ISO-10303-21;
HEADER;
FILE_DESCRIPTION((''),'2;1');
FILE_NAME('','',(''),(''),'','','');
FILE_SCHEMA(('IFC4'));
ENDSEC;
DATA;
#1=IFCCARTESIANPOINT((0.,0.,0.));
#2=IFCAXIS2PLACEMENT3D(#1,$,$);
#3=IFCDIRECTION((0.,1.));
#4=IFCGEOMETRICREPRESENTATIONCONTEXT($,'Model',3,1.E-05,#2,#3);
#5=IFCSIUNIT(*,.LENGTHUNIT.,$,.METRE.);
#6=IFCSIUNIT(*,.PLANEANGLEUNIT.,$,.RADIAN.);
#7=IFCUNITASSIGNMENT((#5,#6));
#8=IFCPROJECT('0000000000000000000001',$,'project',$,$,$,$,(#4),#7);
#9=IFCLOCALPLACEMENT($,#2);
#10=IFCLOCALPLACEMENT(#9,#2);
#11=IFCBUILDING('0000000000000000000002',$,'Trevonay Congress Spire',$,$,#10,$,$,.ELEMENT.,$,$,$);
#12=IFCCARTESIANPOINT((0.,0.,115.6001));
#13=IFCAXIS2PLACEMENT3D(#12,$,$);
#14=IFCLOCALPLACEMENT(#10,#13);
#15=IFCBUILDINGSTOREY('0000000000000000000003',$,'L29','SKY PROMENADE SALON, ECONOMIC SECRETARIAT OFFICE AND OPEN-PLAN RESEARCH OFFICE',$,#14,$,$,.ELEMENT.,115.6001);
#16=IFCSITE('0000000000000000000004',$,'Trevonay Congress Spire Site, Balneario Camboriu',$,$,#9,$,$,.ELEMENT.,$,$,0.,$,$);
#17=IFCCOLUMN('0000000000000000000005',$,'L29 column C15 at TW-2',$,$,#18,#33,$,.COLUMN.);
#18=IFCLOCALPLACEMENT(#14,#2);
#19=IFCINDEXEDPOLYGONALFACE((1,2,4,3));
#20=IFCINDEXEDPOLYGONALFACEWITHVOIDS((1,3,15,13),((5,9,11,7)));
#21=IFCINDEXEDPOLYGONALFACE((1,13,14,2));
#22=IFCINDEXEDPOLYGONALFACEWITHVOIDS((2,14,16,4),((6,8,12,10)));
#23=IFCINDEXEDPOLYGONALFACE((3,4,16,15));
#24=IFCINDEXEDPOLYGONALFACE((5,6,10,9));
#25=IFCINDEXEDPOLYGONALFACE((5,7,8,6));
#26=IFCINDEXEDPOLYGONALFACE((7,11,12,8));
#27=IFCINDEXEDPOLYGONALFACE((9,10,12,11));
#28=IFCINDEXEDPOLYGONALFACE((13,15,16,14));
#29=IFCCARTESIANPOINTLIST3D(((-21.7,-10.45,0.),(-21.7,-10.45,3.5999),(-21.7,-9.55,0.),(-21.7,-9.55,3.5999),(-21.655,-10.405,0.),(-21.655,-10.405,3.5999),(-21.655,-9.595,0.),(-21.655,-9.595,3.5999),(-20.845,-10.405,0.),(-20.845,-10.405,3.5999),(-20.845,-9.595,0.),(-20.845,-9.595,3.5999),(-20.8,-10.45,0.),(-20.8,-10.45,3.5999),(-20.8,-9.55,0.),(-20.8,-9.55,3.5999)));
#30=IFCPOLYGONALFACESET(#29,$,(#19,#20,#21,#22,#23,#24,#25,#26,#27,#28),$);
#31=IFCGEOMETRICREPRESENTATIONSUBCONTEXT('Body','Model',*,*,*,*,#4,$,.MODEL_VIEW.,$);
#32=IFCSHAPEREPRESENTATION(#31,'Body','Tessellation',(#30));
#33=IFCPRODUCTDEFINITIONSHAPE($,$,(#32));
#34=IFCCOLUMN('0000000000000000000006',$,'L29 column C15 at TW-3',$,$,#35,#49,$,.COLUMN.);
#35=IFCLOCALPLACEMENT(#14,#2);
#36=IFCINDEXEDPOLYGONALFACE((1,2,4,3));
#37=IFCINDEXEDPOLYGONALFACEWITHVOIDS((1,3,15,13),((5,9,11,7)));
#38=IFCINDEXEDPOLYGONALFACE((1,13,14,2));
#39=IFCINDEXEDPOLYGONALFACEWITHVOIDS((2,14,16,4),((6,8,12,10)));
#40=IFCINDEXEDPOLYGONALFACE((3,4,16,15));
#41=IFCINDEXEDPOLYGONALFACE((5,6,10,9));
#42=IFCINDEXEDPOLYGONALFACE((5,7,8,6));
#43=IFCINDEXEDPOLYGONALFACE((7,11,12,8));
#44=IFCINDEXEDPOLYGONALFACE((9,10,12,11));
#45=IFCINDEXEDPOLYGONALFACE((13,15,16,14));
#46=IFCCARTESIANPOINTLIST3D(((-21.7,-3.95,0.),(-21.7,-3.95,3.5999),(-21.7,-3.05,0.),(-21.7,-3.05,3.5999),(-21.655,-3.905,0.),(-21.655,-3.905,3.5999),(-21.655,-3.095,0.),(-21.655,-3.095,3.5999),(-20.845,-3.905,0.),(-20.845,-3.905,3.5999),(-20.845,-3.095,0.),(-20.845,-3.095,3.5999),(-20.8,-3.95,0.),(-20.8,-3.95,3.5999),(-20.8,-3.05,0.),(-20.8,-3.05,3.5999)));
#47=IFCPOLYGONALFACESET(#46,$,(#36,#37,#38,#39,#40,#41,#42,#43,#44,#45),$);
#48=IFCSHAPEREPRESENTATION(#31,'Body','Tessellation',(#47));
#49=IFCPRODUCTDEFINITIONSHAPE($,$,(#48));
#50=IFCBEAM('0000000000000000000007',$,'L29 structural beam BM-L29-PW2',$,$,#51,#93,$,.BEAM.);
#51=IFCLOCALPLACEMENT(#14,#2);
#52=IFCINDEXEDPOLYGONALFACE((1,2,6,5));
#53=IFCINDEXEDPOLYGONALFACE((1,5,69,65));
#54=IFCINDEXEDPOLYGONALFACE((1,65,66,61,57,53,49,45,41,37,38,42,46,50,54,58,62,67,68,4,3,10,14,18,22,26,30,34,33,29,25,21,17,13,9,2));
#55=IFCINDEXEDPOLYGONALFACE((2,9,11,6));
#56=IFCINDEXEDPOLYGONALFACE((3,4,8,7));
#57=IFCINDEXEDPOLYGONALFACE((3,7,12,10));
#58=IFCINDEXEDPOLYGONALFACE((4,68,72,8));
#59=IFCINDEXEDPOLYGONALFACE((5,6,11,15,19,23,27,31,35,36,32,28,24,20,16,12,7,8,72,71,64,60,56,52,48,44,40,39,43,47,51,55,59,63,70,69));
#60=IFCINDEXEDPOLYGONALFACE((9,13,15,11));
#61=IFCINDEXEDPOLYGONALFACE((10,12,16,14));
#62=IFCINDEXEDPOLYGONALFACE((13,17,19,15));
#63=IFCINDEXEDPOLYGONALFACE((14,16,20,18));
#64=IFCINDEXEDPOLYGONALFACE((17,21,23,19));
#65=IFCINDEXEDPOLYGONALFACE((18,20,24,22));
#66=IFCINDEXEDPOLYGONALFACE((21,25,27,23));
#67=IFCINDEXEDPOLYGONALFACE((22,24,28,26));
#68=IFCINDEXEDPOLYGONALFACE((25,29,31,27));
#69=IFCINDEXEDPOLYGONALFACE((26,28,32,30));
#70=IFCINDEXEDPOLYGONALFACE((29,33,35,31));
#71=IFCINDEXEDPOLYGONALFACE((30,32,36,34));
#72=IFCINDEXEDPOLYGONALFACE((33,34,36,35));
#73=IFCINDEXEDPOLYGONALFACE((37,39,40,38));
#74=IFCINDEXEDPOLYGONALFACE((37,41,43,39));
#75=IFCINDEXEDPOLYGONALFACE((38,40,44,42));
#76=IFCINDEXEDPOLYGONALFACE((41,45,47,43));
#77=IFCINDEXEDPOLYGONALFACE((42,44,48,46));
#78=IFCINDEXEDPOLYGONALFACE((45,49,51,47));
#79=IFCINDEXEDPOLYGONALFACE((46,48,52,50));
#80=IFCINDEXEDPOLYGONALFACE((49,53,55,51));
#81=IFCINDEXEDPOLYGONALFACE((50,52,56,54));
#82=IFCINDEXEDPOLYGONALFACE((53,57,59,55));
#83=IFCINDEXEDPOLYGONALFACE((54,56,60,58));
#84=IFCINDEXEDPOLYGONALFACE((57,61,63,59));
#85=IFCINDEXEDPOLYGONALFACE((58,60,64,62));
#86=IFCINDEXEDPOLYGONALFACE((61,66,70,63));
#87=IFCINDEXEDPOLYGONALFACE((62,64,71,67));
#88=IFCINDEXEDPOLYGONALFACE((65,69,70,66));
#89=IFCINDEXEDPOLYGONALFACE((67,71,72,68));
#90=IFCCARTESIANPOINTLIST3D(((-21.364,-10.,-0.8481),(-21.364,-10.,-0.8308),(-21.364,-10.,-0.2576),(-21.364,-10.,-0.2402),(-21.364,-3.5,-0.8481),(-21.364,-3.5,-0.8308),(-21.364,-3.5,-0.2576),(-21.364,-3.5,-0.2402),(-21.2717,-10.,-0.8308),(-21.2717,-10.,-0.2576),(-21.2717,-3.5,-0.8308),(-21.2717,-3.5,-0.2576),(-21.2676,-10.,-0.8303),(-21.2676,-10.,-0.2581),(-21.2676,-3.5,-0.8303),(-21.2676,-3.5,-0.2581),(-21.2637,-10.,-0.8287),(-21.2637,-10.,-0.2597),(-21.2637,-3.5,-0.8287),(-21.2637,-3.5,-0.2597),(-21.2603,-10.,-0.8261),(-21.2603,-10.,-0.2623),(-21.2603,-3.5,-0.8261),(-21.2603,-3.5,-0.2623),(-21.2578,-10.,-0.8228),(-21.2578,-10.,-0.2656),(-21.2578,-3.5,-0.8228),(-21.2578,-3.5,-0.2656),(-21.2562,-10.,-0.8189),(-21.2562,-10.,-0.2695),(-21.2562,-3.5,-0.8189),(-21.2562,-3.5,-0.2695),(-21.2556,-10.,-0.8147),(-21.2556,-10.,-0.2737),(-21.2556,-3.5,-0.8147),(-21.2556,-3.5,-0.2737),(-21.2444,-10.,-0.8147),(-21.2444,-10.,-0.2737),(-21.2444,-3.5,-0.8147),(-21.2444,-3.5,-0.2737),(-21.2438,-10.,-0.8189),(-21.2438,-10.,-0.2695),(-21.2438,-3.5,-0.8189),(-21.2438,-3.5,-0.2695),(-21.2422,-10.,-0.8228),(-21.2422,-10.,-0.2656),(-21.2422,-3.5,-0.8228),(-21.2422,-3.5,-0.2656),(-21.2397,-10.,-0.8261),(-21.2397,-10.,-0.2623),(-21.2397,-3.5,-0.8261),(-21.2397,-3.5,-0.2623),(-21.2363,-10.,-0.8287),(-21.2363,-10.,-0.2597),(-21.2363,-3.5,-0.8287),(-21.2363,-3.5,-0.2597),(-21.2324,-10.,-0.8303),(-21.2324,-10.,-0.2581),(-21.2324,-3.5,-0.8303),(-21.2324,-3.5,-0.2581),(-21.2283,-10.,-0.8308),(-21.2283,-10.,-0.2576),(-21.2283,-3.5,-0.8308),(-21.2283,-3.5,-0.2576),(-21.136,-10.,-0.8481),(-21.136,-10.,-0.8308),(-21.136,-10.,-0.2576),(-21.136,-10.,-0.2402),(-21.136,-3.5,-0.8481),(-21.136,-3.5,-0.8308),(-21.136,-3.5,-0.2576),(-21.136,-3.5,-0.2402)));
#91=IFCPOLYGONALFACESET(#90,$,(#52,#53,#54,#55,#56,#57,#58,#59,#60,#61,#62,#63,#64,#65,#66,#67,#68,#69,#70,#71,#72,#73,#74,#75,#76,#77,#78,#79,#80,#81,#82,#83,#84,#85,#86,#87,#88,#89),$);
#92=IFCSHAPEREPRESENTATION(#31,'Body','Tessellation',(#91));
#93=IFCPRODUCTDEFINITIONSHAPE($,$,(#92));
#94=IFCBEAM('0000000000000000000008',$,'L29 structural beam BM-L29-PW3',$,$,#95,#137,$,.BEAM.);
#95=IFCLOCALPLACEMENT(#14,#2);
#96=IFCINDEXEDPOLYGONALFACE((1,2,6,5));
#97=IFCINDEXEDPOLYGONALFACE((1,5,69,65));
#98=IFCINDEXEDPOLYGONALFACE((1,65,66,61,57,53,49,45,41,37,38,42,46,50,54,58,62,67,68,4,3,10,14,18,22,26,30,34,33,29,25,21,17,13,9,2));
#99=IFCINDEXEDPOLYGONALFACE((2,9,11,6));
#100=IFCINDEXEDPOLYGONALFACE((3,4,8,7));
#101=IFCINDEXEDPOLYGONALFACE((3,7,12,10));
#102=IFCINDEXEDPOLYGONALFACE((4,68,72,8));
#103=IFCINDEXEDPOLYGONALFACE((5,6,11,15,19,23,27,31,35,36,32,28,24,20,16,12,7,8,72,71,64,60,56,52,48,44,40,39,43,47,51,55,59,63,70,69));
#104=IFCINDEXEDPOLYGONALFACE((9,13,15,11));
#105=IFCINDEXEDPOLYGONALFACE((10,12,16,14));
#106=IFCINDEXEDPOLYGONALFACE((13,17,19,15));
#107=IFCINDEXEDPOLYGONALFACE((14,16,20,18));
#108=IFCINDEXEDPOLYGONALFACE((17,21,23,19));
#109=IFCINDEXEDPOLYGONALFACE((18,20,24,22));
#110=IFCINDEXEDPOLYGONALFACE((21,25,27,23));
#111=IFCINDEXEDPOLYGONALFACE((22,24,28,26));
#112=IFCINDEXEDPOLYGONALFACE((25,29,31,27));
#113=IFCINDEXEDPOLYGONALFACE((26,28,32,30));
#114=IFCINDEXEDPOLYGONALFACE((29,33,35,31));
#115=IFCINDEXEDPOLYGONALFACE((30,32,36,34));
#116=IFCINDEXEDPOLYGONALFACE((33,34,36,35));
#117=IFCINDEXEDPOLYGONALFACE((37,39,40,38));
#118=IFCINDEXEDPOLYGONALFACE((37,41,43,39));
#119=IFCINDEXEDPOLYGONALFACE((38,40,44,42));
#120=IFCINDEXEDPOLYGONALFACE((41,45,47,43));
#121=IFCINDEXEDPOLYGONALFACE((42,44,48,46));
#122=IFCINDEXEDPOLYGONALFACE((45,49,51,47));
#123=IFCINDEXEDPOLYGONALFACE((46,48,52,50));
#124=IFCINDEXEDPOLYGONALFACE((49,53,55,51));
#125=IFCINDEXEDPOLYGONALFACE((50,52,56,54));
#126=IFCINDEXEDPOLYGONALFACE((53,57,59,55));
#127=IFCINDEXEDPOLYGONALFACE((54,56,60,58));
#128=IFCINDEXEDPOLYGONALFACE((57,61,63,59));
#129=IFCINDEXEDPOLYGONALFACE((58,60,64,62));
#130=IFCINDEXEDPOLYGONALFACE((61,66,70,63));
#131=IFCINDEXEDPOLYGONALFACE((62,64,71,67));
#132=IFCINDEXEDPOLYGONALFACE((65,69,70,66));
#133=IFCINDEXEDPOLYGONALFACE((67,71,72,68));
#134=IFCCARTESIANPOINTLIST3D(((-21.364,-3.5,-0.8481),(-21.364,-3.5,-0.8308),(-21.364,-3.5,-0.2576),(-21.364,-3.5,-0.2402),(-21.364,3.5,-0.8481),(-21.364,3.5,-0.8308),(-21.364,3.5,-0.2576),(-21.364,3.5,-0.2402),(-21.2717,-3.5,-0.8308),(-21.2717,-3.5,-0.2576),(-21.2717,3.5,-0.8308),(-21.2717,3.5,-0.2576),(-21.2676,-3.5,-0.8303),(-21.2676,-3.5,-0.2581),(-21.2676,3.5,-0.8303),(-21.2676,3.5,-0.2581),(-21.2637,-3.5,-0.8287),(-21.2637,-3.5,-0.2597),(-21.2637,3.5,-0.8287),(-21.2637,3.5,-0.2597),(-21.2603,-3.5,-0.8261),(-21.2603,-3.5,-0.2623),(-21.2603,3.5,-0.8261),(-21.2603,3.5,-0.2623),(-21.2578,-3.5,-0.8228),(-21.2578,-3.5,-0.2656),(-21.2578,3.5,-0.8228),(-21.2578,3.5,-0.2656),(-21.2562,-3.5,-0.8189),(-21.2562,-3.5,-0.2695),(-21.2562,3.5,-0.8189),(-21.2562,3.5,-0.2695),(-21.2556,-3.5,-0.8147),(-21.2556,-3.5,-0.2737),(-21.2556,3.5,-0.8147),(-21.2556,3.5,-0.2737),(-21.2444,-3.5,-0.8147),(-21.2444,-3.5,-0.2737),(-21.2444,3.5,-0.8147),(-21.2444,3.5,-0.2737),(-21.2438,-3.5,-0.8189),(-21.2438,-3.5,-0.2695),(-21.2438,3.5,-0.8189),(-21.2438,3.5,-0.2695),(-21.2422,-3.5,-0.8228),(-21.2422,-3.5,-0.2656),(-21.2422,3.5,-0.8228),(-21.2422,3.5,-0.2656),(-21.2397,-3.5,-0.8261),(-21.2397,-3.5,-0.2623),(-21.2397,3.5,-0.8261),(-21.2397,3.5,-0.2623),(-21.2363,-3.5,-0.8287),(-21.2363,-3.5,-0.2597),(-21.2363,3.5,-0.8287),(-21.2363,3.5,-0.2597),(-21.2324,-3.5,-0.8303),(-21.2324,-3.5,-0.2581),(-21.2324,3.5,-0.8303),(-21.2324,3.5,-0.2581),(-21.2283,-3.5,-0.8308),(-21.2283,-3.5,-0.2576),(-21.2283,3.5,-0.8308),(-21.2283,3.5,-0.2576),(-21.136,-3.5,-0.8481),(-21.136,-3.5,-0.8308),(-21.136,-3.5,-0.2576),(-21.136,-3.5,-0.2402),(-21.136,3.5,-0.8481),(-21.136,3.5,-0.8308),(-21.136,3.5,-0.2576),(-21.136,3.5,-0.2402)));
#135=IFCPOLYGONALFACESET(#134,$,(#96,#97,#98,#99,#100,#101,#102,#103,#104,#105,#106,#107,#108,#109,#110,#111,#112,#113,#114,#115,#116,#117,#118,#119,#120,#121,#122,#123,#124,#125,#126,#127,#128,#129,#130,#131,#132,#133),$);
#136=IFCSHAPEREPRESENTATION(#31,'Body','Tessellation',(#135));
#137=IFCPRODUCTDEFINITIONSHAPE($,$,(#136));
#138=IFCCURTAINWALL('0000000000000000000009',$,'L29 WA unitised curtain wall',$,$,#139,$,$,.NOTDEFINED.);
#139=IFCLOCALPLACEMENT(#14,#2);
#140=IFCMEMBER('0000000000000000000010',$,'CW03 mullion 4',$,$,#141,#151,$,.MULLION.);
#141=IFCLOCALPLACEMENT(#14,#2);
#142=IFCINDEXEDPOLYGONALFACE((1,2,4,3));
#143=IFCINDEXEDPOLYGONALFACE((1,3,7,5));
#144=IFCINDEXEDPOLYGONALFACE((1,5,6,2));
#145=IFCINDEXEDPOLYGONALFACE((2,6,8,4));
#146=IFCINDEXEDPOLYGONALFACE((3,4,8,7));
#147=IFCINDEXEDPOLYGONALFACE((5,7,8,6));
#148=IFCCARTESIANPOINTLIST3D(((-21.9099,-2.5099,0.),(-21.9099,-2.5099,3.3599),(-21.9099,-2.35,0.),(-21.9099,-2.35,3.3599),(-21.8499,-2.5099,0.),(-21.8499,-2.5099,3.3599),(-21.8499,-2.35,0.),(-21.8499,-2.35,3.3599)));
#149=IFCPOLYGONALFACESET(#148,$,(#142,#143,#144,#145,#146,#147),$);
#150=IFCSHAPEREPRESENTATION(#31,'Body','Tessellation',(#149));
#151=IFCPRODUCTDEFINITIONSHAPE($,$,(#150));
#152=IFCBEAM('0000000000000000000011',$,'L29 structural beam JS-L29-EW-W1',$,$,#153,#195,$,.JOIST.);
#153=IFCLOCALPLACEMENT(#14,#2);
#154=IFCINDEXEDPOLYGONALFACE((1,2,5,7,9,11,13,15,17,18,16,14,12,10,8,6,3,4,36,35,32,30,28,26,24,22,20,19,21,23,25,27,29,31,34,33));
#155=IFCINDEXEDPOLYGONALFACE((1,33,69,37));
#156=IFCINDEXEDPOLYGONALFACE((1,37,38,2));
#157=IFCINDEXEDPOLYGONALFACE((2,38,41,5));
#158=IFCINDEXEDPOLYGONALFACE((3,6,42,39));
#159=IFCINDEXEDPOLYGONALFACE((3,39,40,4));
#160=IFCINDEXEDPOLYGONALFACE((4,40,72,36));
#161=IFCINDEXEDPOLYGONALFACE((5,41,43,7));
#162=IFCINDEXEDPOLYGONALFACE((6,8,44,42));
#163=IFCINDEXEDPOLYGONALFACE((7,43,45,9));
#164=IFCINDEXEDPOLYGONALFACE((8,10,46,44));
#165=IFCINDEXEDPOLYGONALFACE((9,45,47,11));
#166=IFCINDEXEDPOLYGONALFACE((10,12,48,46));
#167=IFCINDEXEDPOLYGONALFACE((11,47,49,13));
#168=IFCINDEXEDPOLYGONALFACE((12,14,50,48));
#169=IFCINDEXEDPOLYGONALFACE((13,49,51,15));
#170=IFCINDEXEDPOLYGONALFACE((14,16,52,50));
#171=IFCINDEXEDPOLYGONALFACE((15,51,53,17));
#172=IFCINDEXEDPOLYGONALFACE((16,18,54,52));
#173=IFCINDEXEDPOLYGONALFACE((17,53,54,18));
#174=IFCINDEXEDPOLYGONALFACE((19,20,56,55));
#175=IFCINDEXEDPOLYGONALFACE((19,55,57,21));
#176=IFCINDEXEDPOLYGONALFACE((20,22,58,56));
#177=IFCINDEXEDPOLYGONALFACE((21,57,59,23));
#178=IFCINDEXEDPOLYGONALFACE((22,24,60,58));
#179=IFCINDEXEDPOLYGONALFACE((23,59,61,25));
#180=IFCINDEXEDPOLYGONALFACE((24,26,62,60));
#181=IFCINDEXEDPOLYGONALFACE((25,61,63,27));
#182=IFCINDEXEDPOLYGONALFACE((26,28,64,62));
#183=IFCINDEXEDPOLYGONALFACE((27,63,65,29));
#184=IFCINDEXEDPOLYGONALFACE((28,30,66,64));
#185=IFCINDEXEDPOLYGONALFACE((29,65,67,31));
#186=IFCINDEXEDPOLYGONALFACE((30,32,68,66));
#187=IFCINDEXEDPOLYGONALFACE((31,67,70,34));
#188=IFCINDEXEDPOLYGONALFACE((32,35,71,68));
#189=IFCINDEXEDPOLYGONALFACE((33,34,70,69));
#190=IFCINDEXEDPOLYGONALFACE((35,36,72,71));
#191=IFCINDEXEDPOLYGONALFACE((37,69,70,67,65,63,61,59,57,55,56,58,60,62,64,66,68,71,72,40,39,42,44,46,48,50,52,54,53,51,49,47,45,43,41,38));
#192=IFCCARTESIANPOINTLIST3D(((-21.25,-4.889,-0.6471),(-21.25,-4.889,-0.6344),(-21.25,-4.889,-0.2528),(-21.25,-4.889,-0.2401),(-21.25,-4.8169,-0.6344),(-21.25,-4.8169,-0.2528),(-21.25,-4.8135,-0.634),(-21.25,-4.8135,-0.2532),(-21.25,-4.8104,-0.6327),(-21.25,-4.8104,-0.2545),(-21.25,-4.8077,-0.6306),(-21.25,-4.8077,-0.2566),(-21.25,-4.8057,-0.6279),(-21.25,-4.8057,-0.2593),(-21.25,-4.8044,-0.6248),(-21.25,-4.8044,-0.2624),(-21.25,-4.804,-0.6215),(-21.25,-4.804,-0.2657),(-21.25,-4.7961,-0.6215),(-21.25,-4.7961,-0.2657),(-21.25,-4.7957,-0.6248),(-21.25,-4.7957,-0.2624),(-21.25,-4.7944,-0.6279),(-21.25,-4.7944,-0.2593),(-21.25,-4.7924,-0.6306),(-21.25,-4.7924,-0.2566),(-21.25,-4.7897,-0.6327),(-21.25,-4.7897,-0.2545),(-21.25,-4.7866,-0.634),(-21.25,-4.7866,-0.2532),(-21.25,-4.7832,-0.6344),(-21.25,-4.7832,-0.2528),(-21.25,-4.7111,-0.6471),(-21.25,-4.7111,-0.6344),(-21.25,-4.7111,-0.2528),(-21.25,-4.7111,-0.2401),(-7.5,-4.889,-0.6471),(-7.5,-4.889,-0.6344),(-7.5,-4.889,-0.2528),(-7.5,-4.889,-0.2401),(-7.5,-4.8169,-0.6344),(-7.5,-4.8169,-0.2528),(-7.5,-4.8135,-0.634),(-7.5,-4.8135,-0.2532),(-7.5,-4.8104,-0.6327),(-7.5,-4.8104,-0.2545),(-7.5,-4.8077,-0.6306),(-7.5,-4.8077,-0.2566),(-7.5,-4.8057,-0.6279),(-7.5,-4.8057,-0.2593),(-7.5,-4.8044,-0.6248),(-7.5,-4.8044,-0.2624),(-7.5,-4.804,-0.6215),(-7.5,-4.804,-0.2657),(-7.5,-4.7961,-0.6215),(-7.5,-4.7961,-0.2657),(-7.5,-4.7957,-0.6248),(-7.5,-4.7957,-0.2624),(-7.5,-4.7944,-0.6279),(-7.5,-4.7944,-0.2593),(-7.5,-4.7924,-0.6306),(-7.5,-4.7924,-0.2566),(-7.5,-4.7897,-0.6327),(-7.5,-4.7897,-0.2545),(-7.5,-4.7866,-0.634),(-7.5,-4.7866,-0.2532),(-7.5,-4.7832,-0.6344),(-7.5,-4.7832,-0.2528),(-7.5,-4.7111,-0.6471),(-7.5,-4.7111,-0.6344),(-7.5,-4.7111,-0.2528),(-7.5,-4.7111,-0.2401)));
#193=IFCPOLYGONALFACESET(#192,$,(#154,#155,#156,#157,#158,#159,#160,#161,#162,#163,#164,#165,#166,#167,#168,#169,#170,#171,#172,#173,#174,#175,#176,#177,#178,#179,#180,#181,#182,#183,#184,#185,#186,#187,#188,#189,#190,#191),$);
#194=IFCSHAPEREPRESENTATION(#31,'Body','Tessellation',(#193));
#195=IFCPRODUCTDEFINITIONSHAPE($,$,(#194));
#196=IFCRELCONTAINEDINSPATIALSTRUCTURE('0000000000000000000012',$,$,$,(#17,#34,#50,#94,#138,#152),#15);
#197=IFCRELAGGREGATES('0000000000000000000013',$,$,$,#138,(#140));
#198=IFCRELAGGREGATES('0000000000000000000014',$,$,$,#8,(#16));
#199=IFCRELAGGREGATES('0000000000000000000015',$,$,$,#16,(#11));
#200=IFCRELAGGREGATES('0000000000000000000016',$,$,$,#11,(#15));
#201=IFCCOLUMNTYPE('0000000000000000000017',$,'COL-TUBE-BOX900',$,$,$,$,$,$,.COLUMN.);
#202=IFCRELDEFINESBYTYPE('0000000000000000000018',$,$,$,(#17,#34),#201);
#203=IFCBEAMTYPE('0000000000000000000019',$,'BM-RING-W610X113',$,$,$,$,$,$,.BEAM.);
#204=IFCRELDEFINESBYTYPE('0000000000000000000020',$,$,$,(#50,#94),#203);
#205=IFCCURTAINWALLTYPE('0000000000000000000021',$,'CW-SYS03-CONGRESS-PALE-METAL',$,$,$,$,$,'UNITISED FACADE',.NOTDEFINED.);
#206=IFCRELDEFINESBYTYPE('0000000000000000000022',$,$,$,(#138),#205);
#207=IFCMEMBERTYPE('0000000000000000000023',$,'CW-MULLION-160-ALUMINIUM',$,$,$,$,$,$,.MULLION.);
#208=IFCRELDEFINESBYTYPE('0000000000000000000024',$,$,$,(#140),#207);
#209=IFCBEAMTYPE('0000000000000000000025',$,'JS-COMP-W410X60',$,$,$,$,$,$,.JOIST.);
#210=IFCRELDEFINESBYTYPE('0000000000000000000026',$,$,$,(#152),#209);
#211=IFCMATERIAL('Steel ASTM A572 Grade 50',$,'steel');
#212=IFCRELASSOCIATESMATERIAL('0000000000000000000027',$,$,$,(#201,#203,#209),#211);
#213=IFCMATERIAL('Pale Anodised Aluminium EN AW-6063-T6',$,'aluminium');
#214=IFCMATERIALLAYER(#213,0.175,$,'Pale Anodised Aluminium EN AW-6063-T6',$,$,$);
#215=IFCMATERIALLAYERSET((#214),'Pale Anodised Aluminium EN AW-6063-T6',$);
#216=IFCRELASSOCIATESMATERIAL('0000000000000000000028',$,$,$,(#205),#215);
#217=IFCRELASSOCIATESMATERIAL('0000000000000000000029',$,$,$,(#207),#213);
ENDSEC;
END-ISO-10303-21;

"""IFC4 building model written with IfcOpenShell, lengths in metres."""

from ifc_helpers import new_model, si_unit, direction, frame, origin, origin_2d, place, context, subcontext, project, spatial, rectangle, hollow_rectangle, i_section, extrude, material, layer, layer_set, material_profile, profile_set, type_object, element, aggregate, save


model = new_model("IFC4")

# Units and contexts
model_context = context("Model", 3, precision=1e-05, world=origin(), true_north=direction((0.0, 1.0)))
body_context = subcontext(model_context, "Body", "Model", "MODEL_VIEW")
ifc_project = project(units=[si_unit("LENGTHUNIT", "METRE"), si_unit("PLANEANGLEUNIT", "RADIAN")], contexts=[model_context])

# Site, building, storey
site_placement = place(None, origin())
site = spatial("IfcSite", under=ifc_project, at=site_placement, Name="Trevonay Congress Spire Site, Balneario Camboriu", CompositionType="ELEMENT", RefElevation=0.0)
building_placement = place(site_placement, origin())
building = spatial("IfcBuilding", under=site, at=building_placement, Name="Trevonay Congress Spire", CompositionType="ELEMENT")
storey_placement = place(building_placement, frame((0.0, 0.0, 115.6001)))
storey = spatial("IfcBuildingStorey", under=building, at=storey_placement, Name="L29", Description="SKY PROMENADE SALON, ECONOMIC SECRETARIAT OFFICE AND OPEN-PLAN RESEARCH OFFICE", CompositionType="ELEMENT", Elevation=115.6001)

# Columns
ifc_material_1 = material(Name="Steel ASTM A572 Grade 50", Category="steel")
ifc_material_profile_1 = material_profile(ifc_material_1, hollow_rectangle(XDim=0.8999, YDim=0.8999, WallThickness=0.0449, at=origin_2d()), Name="BOX 900x900x45")
ifc_profile_set_1 = profile_set([ifc_material_profile_1], Name="Steel ASTM A572 Grade 50")
column_type = type_object("IfcColumnType", Name="COL-TUBE-BOX900", PredefinedType="COLUMN", material=ifc_profile_set_1)
for number, where, z_axis, x_axis, name in (
    (1, (-21.25, -10.0, 0.0), (0.0, 0.0, 1.0), (1.0, 0.0, 0.0), "L29 column C15 at TW-2"),
    (2, (-21.25, -3.5, 0.0), (0.0, 0.0, 1.0), (1.0, 0.0, 0.0), "L29 column C15 at TW-3"),
):
    element("IfcColumn", number, at=place(storey_placement, frame(where, z_axis=z_axis, x_axis=x_axis)), inside=storey, type_object=column_type, Name=name, PredefinedType="COLUMN", context=body_context, shape_type="SweptSolid", body=[
        extrude(hollow_rectangle(XDim=0.8999, YDim=0.8999, WallThickness=0.0449, at=origin_2d()), origin(), (0.0, 0.0, 1.0), 3.5999),
    ])

# Beams
ifc_material_profile_2 = material_profile(ifc_material_1, i_section(OverallWidth=0.228, OverallDepth=0.6079, WebThickness=0.0112, FlangeThickness=0.0173, FilletRadius=0.0161, at=origin_2d()), Name="W610x113")
ifc_profile_set_2 = profile_set([ifc_material_profile_2], Name="Steel ASTM A572 Grade 50")
beam_type_1 = type_object("IfcBeamType", Name="BM-RING-W610X113", PredefinedType="BEAM", material=ifc_profile_set_2)
beam_1_placement = place(storey_placement, frame((-21.25, -10.0, -0.5442), z_axis=(0.0, 1.0, 0.0), x_axis=(-1.0, 0.0, 0.0)))
element("IfcBeam", 3, at=beam_1_placement, inside=storey, type_object=beam_type_1, Name="L29 structural beam BM-L29-PW2", PredefinedType="BEAM", context=body_context, shape_type="SweptSolid", body=[
    extrude(i_section(OverallWidth=0.228, OverallDepth=0.6079, WebThickness=0.0112, FlangeThickness=0.0173, FilletRadius=0.0161, at=origin_2d()), origin(), (0.0, 0.0, 1.0), 6.5),
])
beam_2_placement = place(storey_placement, frame((-21.25, -3.5, -0.5442), z_axis=(0.0, 1.0, 0.0), x_axis=(-1.0, 0.0, 0.0)))
element("IfcBeam", 4, at=beam_2_placement, inside=storey, type_object=beam_type_1, Name="L29 structural beam BM-L29-PW3", PredefinedType="BEAM", context=body_context, shape_type="SweptSolid", body=[
    extrude(i_section(OverallWidth=0.228, OverallDepth=0.6079, WebThickness=0.0112, FlangeThickness=0.0173, FilletRadius=0.0161, at=origin_2d()), origin(), (0.0, 0.0, 1.0), 7.0),
])

# Curtain wall, member
ifc_material_2 = material(Name="Pale Anodised Aluminium EN AW-6063-T6", Category="aluminium")
ifc_layer_1 = layer(ifc_material_2, 0.175, Name="Pale Anodised Aluminium EN AW-6063-T6")
ifc_layer_set_1 = layer_set([ifc_layer_1], Name="Pale Anodised Aluminium EN AW-6063-T6")
curtain_wall_type = type_object("IfcCurtainWallType", Name="CW-SYS03-CONGRESS-PALE-METAL", ElementType="UNITISED FACADE", PredefinedType="NOTDEFINED", material=ifc_layer_set_1)
curtain_wall_placement = place(storey_placement, origin())
curtain_wall = element("IfcCurtainWall", 5, at=curtain_wall_placement, inside=storey, type_object=curtain_wall_type, Name="L29 WA unitised curtain wall", PredefinedType="NOTDEFINED")
ifc_material_profile_3 = material_profile(ifc_material_2, rectangle(XDim=0.0601, YDim=0.1599, at=origin_2d()), Name="CW-MULLION-160-ALUMINIUM")
ifc_profile_set_3 = profile_set([ifc_material_profile_3], Name="Pale Anodised Aluminium EN AW-6063-T6")
member_type = type_object("IfcMemberType", Name="CW-MULLION-160-ALUMINIUM", PredefinedType="MULLION", material=ifc_profile_set_3)
member_placement = place(storey_placement, frame((-21.8799, -2.4299, 0.0), z_axis=(0.0, 0.0, 1.0), x_axis=(-1.0, 0.0, 0.0)))
member = element("IfcMember", 6, at=member_placement, type_object=member_type, Name="CW03 mullion 4", PredefinedType="MULLION", context=body_context, shape_type="SweptSolid", body=[
    extrude(rectangle(XDim=0.0601, YDim=0.1599, at=origin_2d()), origin(), (0.0, 0.0, 1.0), 3.3599),
])

# Beam
ifc_material_profile_4 = material_profile(ifc_material_1, i_section(OverallWidth=0.178, OverallDepth=0.407, WebThickness=0.0078, FlangeThickness=0.0127, FilletRadius=0.0129, at=origin_2d()), Name="W410x60")
ifc_profile_set_4 = profile_set([ifc_material_profile_4], Name="Steel ASTM A572 Grade 50")
beam_type_2 = type_object("IfcBeamType", Name="JS-COMP-W410X60", PredefinedType="JOIST", material=ifc_profile_set_4)
for number, where, z_axis, x_axis, name in (
    (7, (-21.25, -4.8, -0.4436), (1.0, 0.0, 0.0), (0.0, 1.0, 0.0), "L29 structural beam JS-L29-EW-W1"),
):
    element("IfcBeam", number, at=place(storey_placement, frame(where, z_axis=z_axis, x_axis=x_axis)), inside=storey, type_object=beam_type_2, Name=name, PredefinedType="JOIST", context=body_context, shape_type="SweptSolid", body=[
        extrude(i_section(OverallWidth=0.178, OverallDepth=0.407, WebThickness=0.0078, FlangeThickness=0.0127, FilletRadius=0.0129, at=origin_2d()), origin(), (0.0, 0.0, 1.0), 13.75),
    ])

aggregate(curtain_wall, [member])

save(model, "model.ifc")
